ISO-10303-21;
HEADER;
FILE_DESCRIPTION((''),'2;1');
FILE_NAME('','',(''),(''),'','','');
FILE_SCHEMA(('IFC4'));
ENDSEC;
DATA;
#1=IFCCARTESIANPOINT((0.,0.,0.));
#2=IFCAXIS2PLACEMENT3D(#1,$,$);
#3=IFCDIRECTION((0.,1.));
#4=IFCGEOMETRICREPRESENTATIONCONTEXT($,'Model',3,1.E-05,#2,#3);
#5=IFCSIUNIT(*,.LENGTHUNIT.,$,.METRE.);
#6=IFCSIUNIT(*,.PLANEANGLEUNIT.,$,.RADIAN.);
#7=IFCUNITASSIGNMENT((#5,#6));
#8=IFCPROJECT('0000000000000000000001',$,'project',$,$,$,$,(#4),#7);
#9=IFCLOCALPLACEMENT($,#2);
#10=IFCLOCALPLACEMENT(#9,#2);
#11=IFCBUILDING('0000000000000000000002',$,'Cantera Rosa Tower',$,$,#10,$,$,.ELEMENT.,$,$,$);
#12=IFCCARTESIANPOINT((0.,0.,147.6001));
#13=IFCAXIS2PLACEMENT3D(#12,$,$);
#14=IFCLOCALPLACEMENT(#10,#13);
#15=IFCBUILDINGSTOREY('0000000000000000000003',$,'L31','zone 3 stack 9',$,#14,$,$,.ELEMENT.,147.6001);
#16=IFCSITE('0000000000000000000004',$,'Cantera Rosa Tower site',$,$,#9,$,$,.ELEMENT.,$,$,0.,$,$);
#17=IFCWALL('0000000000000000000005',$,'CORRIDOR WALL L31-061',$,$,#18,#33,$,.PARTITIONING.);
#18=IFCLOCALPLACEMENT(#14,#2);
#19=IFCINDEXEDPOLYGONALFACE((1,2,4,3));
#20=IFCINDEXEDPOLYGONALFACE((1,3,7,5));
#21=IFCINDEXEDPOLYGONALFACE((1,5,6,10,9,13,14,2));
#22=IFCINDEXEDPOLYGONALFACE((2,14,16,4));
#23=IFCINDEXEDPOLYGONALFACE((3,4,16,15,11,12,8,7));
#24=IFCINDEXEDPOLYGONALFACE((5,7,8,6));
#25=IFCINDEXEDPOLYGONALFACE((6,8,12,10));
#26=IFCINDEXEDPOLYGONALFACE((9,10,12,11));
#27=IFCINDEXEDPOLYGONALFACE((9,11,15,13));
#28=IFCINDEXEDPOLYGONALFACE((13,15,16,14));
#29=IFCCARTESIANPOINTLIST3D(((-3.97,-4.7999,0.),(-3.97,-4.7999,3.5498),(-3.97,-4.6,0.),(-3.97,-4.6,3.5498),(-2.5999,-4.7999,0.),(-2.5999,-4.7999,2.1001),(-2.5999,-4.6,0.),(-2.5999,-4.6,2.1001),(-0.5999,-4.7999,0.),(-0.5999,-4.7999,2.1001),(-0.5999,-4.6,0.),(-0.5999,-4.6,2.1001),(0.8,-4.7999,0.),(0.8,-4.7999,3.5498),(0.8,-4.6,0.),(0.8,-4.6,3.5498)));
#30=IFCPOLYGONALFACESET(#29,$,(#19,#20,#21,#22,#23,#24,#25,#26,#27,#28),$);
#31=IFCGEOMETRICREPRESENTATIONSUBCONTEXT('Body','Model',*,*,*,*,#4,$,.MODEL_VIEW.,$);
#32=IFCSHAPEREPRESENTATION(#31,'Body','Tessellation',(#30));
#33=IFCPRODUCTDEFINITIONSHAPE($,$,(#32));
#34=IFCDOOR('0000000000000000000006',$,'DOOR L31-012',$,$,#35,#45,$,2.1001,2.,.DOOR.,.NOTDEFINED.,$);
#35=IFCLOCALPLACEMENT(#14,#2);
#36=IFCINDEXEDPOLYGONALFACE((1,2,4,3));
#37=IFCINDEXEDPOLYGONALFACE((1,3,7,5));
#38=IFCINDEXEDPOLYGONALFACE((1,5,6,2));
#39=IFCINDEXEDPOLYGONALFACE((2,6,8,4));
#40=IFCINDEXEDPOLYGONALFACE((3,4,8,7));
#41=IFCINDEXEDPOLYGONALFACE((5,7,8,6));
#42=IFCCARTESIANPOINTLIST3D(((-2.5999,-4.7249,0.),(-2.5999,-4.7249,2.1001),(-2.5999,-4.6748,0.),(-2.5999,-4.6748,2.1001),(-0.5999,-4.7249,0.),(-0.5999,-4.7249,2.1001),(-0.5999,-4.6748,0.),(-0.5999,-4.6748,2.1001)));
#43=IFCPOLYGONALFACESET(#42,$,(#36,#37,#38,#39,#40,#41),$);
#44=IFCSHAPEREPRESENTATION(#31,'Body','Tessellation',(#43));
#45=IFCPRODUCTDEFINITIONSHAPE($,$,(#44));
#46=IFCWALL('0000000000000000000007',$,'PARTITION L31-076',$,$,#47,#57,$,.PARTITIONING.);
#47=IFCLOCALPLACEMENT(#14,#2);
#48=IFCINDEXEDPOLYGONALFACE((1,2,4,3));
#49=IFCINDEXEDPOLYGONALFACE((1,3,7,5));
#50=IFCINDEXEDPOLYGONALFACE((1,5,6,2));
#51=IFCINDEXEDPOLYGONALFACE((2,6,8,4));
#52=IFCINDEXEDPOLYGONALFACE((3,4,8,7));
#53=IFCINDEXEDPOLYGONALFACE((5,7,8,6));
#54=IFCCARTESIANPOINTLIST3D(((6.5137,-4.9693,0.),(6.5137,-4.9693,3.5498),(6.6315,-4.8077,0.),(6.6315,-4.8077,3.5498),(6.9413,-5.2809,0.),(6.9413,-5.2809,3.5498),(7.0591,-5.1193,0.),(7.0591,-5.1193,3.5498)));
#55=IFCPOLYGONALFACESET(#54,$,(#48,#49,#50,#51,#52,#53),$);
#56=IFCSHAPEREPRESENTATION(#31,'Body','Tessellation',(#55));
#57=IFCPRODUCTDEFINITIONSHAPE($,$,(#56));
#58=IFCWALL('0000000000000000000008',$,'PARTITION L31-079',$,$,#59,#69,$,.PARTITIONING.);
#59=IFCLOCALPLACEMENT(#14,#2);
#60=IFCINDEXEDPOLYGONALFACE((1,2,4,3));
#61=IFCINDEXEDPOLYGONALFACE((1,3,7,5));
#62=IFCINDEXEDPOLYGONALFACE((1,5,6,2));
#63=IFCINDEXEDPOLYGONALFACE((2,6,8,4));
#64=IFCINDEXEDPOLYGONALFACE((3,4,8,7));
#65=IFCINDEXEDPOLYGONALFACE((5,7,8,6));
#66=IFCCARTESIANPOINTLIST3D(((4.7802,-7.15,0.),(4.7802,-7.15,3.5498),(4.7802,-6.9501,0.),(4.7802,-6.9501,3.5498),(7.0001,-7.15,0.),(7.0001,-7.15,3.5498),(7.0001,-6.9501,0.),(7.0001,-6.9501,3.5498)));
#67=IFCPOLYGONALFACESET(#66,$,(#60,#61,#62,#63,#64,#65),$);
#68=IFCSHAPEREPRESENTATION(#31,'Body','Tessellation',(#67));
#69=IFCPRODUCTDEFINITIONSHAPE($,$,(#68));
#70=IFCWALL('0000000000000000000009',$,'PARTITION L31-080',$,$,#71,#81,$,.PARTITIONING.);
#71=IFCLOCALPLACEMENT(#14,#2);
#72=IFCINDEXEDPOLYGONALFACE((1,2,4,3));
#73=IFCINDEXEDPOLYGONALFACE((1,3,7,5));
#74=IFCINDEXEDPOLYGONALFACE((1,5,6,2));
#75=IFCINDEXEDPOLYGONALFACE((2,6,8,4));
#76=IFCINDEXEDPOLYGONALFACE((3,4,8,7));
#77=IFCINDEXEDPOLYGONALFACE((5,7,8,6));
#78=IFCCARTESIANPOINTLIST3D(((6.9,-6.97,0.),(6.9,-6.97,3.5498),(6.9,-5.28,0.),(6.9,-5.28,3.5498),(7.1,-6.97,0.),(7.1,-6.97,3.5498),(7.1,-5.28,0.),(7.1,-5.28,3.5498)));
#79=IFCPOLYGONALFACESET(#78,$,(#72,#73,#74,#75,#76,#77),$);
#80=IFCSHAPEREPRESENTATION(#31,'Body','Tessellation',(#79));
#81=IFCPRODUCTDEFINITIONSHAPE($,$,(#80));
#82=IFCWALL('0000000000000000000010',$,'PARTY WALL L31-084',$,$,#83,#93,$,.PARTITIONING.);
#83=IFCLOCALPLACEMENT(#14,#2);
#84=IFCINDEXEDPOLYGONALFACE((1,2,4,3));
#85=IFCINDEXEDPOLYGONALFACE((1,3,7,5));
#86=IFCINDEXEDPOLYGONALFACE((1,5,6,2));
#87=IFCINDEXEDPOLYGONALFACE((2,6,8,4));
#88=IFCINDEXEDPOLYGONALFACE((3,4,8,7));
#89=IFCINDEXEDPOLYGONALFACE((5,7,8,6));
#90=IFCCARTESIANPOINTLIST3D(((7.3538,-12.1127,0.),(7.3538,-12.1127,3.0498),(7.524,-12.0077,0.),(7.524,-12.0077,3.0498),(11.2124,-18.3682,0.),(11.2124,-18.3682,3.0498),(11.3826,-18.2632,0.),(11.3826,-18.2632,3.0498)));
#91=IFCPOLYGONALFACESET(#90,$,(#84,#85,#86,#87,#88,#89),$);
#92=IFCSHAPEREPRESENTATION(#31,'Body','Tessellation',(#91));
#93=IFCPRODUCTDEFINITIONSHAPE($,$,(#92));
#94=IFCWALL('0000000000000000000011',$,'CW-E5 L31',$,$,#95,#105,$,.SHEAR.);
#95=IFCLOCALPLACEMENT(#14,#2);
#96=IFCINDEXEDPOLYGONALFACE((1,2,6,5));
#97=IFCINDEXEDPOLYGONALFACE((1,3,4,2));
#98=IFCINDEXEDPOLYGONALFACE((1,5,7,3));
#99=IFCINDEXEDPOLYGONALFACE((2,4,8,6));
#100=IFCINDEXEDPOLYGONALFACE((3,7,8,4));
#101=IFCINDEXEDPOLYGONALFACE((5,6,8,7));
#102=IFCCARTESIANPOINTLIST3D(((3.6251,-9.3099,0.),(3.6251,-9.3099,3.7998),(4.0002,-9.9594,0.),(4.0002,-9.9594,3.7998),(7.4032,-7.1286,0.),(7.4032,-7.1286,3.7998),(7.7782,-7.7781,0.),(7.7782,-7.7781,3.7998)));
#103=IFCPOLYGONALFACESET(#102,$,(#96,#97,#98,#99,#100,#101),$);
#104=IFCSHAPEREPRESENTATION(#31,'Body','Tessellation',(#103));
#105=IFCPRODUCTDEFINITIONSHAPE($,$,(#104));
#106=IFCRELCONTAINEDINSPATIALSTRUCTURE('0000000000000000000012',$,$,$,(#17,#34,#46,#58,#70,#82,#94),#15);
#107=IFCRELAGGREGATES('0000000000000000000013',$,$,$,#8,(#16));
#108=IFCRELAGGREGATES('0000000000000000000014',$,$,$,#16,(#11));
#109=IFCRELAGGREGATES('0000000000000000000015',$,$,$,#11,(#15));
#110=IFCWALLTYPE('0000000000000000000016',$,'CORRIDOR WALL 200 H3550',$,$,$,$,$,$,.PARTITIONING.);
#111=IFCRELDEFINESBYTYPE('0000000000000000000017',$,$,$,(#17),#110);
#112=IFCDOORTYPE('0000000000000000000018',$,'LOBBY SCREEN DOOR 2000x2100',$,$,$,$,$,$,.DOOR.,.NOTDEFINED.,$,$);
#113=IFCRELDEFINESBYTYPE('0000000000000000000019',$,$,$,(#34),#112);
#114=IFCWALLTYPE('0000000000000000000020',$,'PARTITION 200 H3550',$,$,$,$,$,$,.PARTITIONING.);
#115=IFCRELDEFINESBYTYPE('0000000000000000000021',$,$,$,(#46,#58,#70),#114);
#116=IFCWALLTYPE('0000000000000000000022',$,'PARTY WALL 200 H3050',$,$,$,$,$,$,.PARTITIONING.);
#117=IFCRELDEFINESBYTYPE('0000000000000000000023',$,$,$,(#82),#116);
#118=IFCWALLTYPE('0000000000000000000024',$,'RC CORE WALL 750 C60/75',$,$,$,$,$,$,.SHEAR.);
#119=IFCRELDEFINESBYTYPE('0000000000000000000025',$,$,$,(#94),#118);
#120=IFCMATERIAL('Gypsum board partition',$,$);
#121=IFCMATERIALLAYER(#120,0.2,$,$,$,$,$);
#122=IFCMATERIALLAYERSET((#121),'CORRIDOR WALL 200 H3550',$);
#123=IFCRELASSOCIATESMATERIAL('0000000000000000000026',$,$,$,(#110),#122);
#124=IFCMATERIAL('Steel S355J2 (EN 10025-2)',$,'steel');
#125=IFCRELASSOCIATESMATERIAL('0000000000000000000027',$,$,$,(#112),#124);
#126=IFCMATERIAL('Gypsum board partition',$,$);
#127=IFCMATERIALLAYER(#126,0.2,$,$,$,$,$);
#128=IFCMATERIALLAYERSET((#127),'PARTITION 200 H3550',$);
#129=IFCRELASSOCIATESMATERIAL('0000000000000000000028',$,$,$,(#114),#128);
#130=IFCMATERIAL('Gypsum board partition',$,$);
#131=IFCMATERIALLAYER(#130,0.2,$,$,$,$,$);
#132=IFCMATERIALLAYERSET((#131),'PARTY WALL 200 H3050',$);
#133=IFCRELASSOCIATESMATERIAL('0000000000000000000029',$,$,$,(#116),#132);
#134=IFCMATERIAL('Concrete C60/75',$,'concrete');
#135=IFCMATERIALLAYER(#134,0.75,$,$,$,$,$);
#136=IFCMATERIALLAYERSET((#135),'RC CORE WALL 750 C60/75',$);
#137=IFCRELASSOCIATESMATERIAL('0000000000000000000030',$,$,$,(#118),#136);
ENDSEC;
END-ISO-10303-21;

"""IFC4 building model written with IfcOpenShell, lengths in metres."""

from ifc_helpers import new_model, si_unit, direction, frame, frame_2d, origin, place, context, subcontext, project, spatial, rectangle, extrude, material, layer, layer_set, type_object, element, fill, save


model = new_model("IFC4")

# Units and contexts
model_context = context("Model", 3, precision=1e-05, world=origin(), true_north=direction((0.0, 1.0)))
body_context = subcontext(model_context, "Body", "Model", "MODEL_VIEW")
ifc_project = project(units=[si_unit("LENGTHUNIT", "METRE"), si_unit("PLANEANGLEUNIT", "RADIAN")], contexts=[model_context])

# Site, building, storey
site_placement = place(None, origin())
site = spatial("IfcSite", under=ifc_project, at=site_placement, Name="Cantera Rosa Tower site", CompositionType="ELEMENT", RefElevation=0.0)
building_placement = place(site_placement, origin())
building = spatial("IfcBuilding", under=site, at=building_placement, Name="Cantera Rosa Tower", CompositionType="ELEMENT")
storey_placement = place(building_placement, frame((0.0, 0.0, 147.6001)))
storey = spatial("IfcBuildingStorey", under=building, at=storey_placement, Name="L31", Description="zone 3 stack 9", CompositionType="ELEMENT", Elevation=147.6001)

# Wall, opening, door
ifc_material_1 = material(Name="Gypsum board partition")
ifc_layer_1 = layer(ifc_material_1, 0.2)
ifc_layer_set_1 = layer_set([ifc_layer_1], Name="CORRIDOR WALL 200 H3550")
wall_type_1 = type_object("IfcWallType", Name="CORRIDOR WALL 200 H3550", PredefinedType="PARTITIONING", material=ifc_layer_set_1)
wall_1_placement = place(storey_placement, frame((0.8, -4.7, 0.0), z_axis=(0.0, 0.0, 1.0), x_axis=(-1.0, 0.0, 0.0)))
wall_1 = element("IfcWall", 1, at=wall_1_placement, inside=storey, type_object=wall_type_1, Name="CORRIDOR WALL L31-061", PredefinedType="PARTITIONING", context=body_context, shape_type="SweptSolid", body=[
    extrude(rectangle(XDim=4.77, YDim=0.2, at=frame_2d((2.385, 0.0))), origin(), (0.0, 0.0, 1.0), 3.5498),
])
opening_1_placement = place(wall_1_placement, frame((1.3999, 0.0, 0.0)))
opening_1 = element("IfcOpeningElement", 2, at=opening_1_placement, cuts=wall_1, PredefinedType="OPENING", context=body_context, shape_type="SweptSolid", body=[
    extrude(rectangle(XDim=2.0, YDim=2.1001, at=frame_2d((1.0, 1.05))), frame((0.0, 0.1099, 0.0), z_axis=(0.0, -1.0, 0.0), x_axis=(1.0, 0.0, 0.0)), (0.0, 0.0, 1.0), 0.22),
])
ifc_material_2 = material(Name="Steel S355J2 (EN 10025-2)", Category="steel")
door_type_1 = type_object("IfcDoorType", Name="LOBBY SCREEN DOOR 2000x2100", OperationType="NOTDEFINED", PredefinedType="DOOR", material=ifc_material_2)
door_1_placement = place(opening_1_placement, origin())
door_1 = element("IfcDoor", 3, at=door_1_placement, inside=storey, type_object=door_type_1, Name="DOOR L31-012", OperationType="NOTDEFINED", OverallHeight=2.1001, OverallWidth=2.0, PredefinedType="DOOR", context=body_context, shape_type="SweptSolid", body=[
    extrude(rectangle(XDim=2.0, YDim=2.1001, at=frame_2d((1.0, 1.05))), frame((0.0, 0.0249, 0.0), z_axis=(0.0, -1.0, 0.0), x_axis=(1.0, 0.0, 0.0)), (0.0, 0.0, 1.0), 0.05),
])
fill(opening_1, door_1)

# Walls
ifc_material_3 = material(Name="Gypsum board partition")
ifc_layer_2 = layer(ifc_material_3, 0.2)
ifc_layer_set_2 = layer_set([ifc_layer_2], Name="PARTITION 200 H3550")
wall_type_2 = type_object("IfcWallType", Name="PARTITION 200 H3550", PredefinedType="PARTITIONING", material=ifc_layer_set_2)
wall_2_placement = place(storey_placement, frame((6.5725, -4.8884, 0.0), z_axis=(0.0, 0.0, 1.0), x_axis=(0.808177, -0.58894, 0.0)))
element("IfcWall", 4, at=wall_2_placement, inside=storey, type_object=wall_type_2, Name="PARTITION L31-076", PredefinedType="PARTITIONING", context=body_context, shape_type="SweptSolid", body=[
    extrude(rectangle(XDim=0.5291, YDim=0.2, at=frame_2d((0.2646, 0.0))), origin(), (0.0, 0.0, 1.0), 3.5498),
])
wall_3_placement = place(storey_placement, frame((7.0, -7.05, 0.0), z_axis=(0.0, 0.0, 1.0), x_axis=(-1.0, 0.0, 0.0)))
element("IfcWall", 5, at=wall_3_placement, inside=storey, type_object=wall_type_2, Name="PARTITION L31-079", PredefinedType="PARTITIONING", context=body_context, shape_type="SweptSolid", body=[
    extrude(rectangle(XDim=2.22, YDim=0.2, at=frame_2d((1.1099, 0.0))), origin(), (0.0, 0.0, 1.0), 3.5498),
])
wall_4_placement = place(storey_placement, frame((7.0, -5.28, 0.0), z_axis=(0.0, 0.0, 1.0), x_axis=(0.0, -1.0, 0.0)))
element("IfcWall", 6, at=wall_4_placement, inside=storey, type_object=wall_type_2, Name="PARTITION L31-080", PredefinedType="PARTITIONING", context=body_context, shape_type="SweptSolid", body=[
    extrude(rectangle(XDim=1.6899, YDim=0.2, at=frame_2d((0.845, 0.0))), origin(), (0.0, 0.0, 1.0), 3.5498),
])
ifc_material_4 = material(Name="Gypsum board partition")
ifc_layer_3 = layer(ifc_material_4, 0.2)
ifc_layer_set_3 = layer_set([ifc_layer_3], Name="PARTY WALL 200 H3050")
wall_type_3 = type_object("IfcWallType", Name="PARTY WALL 200 H3050", PredefinedType="PARTITIONING", material=ifc_layer_set_3)
wall_5_placement = place(storey_placement, frame((7.439, -12.0603, 0.0), z_axis=(0.0, 0.0, 1.0), x_axis=(0.524989, -0.851109, 0.0)))
element("IfcWall", 7, at=wall_5_placement, inside=storey, type_object=wall_type_3, Name="PARTY WALL L31-084", PredefinedType="PARTITIONING", context=body_context, shape_type="SweptSolid", body=[
    extrude(rectangle(XDim=7.3499, YDim=0.2, at=frame_2d((3.6748, 0.0))), origin(), (0.0, 0.0, 1.0), 3.0498),
])
ifc_material_5 = material(Name="Concrete C60/75", Category="concrete")
ifc_layer_4 = layer(ifc_material_5, 0.75)
ifc_layer_set_4 = layer_set([ifc_layer_4], Name="RC CORE WALL 750 C60/75")
wall_type_4 = type_object("IfcWallType", Name="RC CORE WALL 750 C60/75", PredefinedType="SHEAR", material=ifc_layer_set_4)
wall_6_placement = place(storey_placement, frame((7.5906, -7.4534, 0.0), z_axis=(0.0, 0.0, 1.0), x_axis=(-0.866013, -0.500021, 0.0)))
element("IfcWall", 8, at=wall_6_placement, inside=storey, type_object=wall_type_4, Name="CW-E5 L31", PredefinedType="SHEAR", context=body_context, shape_type="SweptSolid", body=[
    extrude(rectangle(XDim=4.3625, YDim=0.75, at=frame_2d((2.1812, 0.0))), origin(), (0.0, 0.0, 1.0), 3.7998),
])

save(model, "model.ifc")
